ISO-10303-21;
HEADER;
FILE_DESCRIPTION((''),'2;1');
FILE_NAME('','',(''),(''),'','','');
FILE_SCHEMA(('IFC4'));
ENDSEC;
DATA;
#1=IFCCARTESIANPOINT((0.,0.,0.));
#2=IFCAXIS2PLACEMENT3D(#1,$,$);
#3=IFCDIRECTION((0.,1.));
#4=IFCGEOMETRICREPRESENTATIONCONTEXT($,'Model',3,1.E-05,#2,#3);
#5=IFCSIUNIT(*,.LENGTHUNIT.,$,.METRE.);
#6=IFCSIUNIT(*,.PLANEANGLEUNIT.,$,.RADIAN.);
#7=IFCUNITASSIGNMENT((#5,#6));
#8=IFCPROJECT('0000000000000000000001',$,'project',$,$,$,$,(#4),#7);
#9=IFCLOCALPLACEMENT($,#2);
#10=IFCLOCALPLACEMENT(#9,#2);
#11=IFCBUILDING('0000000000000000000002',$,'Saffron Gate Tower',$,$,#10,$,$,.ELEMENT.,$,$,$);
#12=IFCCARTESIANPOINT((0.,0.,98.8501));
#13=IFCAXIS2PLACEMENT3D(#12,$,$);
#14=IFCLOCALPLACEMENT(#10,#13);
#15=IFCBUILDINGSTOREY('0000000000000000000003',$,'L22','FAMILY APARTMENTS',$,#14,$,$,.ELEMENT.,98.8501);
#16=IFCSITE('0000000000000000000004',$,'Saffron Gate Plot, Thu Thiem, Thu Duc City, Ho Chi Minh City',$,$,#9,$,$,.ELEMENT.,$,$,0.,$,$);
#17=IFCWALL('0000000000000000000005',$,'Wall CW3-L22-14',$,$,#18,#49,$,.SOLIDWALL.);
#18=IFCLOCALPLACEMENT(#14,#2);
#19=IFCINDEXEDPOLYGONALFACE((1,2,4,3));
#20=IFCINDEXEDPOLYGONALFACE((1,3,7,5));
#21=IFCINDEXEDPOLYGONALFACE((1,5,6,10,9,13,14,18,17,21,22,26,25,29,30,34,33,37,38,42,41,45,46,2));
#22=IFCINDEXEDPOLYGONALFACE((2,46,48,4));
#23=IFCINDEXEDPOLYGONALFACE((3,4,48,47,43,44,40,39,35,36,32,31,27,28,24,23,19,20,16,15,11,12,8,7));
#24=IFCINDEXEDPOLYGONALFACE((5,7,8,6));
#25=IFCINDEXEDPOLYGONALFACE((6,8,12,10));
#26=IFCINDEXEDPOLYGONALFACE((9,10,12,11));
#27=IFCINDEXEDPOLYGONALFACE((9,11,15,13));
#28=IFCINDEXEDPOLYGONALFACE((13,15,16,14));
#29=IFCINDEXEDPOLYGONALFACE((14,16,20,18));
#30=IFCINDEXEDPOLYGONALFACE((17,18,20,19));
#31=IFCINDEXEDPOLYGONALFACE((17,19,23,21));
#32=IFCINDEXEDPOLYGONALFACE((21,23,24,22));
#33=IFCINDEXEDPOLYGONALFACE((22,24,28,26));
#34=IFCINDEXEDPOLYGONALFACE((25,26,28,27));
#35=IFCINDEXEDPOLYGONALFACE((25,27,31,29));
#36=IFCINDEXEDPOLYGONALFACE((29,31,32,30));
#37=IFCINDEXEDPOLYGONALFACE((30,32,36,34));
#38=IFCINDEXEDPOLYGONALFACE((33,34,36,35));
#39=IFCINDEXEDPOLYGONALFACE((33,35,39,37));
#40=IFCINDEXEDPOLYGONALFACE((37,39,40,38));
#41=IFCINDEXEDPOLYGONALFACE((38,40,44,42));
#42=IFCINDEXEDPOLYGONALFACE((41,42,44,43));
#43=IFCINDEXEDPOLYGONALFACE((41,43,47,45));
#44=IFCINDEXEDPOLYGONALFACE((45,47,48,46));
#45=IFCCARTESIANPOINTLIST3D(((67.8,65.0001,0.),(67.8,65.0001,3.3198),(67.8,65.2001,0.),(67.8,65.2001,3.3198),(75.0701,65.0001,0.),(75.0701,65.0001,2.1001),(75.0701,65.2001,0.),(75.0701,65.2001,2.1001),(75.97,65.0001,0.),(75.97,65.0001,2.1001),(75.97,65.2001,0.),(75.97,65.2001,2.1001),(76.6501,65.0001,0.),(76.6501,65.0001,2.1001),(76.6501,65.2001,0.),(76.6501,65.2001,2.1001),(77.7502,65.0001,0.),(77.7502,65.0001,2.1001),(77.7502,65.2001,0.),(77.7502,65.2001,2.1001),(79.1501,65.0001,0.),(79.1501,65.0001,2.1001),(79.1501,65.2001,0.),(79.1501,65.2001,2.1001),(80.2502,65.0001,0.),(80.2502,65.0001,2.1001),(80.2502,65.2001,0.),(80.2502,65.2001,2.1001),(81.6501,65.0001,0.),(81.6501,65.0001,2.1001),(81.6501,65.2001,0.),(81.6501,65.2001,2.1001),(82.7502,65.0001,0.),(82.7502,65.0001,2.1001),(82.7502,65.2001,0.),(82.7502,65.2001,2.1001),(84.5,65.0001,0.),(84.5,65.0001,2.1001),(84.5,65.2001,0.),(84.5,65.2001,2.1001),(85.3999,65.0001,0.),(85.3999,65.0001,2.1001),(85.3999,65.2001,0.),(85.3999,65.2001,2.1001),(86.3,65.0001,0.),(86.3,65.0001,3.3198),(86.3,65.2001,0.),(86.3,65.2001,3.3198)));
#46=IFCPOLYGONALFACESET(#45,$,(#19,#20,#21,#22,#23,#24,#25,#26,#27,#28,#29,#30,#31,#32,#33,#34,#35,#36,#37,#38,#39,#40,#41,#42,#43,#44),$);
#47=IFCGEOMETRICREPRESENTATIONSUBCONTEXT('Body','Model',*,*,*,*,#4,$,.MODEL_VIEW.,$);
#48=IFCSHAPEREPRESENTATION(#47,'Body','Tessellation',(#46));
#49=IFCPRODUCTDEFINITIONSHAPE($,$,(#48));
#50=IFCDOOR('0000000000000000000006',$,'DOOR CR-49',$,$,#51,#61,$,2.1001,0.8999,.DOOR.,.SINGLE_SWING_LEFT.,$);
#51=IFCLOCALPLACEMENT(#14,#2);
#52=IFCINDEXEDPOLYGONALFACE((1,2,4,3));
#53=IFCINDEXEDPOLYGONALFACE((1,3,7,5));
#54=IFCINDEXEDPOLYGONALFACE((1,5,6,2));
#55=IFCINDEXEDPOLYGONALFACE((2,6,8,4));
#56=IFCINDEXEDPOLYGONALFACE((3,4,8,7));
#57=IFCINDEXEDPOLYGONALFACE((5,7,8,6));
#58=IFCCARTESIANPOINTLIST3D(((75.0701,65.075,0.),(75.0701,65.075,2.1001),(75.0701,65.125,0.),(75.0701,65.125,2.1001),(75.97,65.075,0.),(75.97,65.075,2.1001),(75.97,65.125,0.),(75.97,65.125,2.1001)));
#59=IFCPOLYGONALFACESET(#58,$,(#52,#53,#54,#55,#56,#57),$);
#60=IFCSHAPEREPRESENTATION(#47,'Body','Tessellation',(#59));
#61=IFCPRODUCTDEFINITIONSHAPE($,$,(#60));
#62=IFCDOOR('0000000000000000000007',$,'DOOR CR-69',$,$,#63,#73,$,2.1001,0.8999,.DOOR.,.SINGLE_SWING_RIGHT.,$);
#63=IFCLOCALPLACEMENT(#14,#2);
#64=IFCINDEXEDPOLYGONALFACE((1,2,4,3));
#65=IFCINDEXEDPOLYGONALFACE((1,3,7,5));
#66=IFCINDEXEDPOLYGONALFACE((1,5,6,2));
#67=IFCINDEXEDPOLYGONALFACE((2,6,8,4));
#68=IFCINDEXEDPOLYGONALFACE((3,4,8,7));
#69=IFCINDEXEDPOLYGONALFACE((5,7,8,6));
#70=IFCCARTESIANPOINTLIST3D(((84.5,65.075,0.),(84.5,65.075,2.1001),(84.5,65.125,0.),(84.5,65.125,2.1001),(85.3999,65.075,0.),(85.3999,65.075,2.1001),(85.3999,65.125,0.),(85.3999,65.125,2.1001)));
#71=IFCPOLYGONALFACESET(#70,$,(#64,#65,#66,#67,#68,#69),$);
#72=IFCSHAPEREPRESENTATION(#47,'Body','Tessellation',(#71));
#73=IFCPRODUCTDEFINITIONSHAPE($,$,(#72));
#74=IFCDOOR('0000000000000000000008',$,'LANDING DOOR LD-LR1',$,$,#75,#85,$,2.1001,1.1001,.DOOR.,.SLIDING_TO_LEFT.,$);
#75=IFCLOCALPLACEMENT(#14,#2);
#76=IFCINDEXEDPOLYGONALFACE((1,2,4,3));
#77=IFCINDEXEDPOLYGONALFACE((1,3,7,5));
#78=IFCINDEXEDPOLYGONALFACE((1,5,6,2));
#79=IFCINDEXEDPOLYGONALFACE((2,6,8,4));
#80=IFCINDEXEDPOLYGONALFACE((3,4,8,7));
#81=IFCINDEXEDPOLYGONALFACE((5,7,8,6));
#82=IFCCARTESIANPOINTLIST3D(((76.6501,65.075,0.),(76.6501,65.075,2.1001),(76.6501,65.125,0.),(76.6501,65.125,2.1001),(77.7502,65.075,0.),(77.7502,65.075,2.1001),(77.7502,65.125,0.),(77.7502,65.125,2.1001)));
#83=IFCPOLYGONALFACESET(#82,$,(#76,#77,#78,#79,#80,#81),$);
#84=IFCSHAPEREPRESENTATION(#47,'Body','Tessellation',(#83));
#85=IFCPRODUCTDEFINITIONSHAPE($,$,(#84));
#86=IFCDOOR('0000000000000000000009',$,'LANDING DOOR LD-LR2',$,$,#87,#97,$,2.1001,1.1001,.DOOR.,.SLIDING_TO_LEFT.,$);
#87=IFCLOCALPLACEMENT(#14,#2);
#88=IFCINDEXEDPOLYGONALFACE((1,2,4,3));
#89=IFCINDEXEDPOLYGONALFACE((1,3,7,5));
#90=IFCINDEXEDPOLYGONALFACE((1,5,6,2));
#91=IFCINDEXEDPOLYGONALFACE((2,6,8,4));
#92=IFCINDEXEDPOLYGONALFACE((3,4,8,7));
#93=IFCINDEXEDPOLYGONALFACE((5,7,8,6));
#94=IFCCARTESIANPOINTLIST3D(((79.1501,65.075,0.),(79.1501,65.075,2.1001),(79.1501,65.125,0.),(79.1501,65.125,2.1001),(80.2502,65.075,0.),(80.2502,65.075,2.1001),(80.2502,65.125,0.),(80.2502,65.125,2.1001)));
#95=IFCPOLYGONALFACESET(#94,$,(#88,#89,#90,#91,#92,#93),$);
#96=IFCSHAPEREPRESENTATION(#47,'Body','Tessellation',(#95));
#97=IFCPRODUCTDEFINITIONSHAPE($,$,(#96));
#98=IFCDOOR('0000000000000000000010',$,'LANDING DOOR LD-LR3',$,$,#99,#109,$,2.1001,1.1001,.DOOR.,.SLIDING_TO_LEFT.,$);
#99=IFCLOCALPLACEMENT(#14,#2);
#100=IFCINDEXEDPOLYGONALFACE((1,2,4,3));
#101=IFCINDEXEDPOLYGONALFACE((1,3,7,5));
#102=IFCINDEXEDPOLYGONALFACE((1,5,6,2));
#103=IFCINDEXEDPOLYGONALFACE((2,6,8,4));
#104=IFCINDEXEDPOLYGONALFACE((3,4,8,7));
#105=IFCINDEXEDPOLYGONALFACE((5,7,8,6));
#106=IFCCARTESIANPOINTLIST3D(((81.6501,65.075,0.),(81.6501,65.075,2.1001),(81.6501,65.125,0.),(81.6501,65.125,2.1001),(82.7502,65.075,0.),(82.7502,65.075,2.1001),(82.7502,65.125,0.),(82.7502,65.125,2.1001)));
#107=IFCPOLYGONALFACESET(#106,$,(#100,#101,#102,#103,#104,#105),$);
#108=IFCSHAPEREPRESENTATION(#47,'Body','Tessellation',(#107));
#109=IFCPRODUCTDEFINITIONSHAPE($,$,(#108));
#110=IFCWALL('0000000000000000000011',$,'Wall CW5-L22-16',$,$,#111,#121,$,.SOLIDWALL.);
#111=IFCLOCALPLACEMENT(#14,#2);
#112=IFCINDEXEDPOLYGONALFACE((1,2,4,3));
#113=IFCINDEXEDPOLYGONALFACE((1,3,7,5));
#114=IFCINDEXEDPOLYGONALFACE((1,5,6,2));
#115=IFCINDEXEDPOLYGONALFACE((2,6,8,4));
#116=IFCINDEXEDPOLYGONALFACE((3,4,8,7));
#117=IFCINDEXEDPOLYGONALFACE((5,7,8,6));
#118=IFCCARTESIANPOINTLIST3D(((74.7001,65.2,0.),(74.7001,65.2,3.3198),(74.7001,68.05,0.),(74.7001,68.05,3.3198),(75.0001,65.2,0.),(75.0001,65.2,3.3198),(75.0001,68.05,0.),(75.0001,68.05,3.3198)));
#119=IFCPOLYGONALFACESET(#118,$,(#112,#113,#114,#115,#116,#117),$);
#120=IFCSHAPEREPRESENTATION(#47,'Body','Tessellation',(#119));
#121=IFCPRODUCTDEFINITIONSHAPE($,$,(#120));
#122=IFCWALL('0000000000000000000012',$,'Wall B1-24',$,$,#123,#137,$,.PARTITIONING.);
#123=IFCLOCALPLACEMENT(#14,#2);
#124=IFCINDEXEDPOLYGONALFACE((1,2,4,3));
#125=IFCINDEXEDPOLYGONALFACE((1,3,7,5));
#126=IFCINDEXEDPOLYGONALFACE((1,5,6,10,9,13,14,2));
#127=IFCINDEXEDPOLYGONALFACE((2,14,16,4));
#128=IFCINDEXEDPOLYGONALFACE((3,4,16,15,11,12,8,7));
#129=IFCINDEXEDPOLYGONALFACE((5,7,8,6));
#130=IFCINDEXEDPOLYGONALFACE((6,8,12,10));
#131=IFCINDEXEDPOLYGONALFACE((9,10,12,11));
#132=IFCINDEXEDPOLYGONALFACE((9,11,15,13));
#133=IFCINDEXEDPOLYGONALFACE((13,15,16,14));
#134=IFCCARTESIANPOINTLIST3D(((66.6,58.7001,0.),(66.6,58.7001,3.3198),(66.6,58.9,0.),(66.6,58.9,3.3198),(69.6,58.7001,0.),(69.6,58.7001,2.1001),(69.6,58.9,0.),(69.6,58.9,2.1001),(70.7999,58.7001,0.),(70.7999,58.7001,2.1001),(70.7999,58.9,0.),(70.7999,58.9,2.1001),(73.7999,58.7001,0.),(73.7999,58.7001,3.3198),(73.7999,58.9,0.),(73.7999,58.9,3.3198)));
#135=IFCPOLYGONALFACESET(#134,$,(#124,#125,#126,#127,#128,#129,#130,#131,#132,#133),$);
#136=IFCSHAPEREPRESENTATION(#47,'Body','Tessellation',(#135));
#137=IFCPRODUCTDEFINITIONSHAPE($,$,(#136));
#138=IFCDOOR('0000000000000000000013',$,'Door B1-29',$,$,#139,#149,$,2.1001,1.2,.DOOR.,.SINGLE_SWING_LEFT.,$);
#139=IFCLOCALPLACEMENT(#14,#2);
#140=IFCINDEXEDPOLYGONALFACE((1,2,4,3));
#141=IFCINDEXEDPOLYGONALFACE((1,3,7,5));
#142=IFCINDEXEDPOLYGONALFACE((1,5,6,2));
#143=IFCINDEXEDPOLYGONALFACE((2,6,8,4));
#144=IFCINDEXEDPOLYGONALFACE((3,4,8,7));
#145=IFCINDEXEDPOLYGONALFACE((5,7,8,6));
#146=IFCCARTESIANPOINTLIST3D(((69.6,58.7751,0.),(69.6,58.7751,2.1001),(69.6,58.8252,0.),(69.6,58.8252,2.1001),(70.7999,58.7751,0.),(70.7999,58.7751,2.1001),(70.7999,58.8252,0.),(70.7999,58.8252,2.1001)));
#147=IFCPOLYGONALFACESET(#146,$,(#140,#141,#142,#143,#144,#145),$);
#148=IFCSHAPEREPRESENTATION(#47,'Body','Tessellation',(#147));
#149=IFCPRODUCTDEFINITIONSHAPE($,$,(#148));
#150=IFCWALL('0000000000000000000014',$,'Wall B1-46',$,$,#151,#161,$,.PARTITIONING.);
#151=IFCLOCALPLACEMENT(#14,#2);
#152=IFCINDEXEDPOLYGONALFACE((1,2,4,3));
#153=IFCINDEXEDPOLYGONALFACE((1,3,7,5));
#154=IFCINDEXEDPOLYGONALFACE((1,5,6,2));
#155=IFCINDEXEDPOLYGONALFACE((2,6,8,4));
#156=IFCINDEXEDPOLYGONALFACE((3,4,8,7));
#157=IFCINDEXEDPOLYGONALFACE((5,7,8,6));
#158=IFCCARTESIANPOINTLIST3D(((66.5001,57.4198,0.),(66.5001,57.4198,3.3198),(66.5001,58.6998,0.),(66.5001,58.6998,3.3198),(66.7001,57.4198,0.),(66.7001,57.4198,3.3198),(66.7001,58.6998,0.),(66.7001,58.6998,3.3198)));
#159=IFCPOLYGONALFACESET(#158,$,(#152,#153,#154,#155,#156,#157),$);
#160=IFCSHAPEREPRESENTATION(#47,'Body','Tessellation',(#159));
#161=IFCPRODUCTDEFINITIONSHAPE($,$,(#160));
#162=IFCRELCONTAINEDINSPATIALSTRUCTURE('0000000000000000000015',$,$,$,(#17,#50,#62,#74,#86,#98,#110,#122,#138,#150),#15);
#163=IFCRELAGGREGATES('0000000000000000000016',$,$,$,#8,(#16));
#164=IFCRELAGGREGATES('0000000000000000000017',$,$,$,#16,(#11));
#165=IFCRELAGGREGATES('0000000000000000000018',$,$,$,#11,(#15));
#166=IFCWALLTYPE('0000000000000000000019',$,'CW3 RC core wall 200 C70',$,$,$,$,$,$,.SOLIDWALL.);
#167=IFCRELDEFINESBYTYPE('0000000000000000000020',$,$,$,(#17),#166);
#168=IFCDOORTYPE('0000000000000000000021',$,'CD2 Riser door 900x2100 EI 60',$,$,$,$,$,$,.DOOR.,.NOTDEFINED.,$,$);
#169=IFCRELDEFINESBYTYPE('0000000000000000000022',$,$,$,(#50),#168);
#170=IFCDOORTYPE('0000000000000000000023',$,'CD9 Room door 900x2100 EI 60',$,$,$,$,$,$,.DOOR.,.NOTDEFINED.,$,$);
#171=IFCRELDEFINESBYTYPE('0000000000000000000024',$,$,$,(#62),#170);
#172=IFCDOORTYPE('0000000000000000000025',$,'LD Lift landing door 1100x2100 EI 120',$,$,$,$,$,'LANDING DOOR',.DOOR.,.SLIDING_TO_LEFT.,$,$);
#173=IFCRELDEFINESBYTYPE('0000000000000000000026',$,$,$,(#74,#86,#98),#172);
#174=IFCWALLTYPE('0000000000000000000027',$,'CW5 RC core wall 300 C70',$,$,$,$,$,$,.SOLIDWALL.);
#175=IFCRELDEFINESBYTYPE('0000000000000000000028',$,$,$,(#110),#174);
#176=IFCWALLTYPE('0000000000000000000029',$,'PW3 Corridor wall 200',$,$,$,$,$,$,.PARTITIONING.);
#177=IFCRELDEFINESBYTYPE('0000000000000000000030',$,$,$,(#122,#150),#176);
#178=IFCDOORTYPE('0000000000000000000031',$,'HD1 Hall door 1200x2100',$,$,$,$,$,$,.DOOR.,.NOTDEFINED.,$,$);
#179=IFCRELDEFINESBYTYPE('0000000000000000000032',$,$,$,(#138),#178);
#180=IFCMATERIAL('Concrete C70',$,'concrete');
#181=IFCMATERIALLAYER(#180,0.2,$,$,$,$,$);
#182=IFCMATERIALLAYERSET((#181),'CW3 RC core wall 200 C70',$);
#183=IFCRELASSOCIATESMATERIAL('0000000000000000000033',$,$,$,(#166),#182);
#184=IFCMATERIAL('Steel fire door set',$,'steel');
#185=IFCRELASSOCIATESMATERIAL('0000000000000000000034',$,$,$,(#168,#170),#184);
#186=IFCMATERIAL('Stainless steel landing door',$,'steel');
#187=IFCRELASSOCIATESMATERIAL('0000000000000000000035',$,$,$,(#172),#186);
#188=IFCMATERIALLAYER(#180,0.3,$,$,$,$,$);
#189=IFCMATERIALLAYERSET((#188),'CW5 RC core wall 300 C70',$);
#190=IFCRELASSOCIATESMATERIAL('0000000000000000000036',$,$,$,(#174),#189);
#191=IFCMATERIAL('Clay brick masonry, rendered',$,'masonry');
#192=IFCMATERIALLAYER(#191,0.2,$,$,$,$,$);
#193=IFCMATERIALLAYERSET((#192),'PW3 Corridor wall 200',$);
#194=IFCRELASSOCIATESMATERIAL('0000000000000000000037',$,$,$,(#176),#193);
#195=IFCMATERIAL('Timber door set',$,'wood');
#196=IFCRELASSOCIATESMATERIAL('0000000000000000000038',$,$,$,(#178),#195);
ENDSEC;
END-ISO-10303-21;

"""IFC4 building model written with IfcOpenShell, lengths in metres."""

from ifc_helpers import new_model, si_unit, direction, frame, frame_2d, origin, place, context, subcontext, project, spatial, rectangle, extrude, material, layer, layer_set, type_object, element, fill, save


model = new_model("IFC4")

# Units and contexts
model_context = context("Model", 3, precision=1e-05, world=origin(), true_north=direction((0.0, 1.0)))
body_context = subcontext(model_context, "Body", "Model", "MODEL_VIEW")
ifc_project = project(units=[si_unit("LENGTHUNIT", "METRE"), si_unit("PLANEANGLEUNIT", "RADIAN")], contexts=[model_context])

# Site, building, storey
site_placement = place(None, origin())
site = spatial("IfcSite", under=ifc_project, at=site_placement, Name="Saffron Gate Plot, Thu Thiem, Thu Duc City, Ho Chi Minh City", CompositionType="ELEMENT", RefElevation=0.0)
building_placement = place(site_placement, origin())
building = spatial("IfcBuilding", under=site, at=building_placement, Name="Saffron Gate Tower", CompositionType="ELEMENT")
storey_placement = place(building_placement, frame((0.0, 0.0, 98.8501)))
storey = spatial("IfcBuildingStorey", under=building, at=storey_placement, Name="L22", Description="FAMILY APARTMENTS", CompositionType="ELEMENT", Elevation=98.8501)

# Shared definitions
ifc_material_1 = material(Name="Concrete C70", Category="concrete")
ifc_material_2 = material(Name="Steel fire door set", Category="steel")

# Wall, openings, doors
ifc_layer_1 = layer(ifc_material_1, 0.2)
ifc_layer_set_1 = layer_set([ifc_layer_1], Name="CW3 RC core wall 200 C70")
wall_type_1 = type_object("IfcWallType", Name="CW3 RC core wall 200 C70", PredefinedType="SOLIDWALL", material=ifc_layer_set_1)
wall_1_placement = place(storey_placement, frame((67.8, 65.1001, 0.0), z_axis=(0.0, 0.0, 1.0), x_axis=(1.0, 0.0, 0.0)))
wall_1 = element("IfcWall", 1, at=wall_1_placement, inside=storey, type_object=wall_type_1, Name="Wall CW3-L22-14", PredefinedType="SOLIDWALL", context=body_context, shape_type="SweptSolid", body=[
    extrude(rectangle(XDim=18.5, YDim=0.2, at=frame_2d((9.25, 0.0))), origin(), (0.0, 0.0, 1.0), 3.3198),
])
opening_1_placement = place(wall_1_placement, frame((7.27, 0.0, 0.0)))
opening_1 = element("IfcOpeningElement", 2, at=opening_1_placement, cuts=wall_1, PredefinedType="OPENING", context=body_context, shape_type="SweptSolid", body=[
    extrude(rectangle(XDim=0.8999, YDim=2.1001, at=frame_2d((0.45, 1.05))), frame((0.0, 0.1099, 0.0), z_axis=(0.0, -1.0, 0.0), x_axis=(1.0, 0.0, 0.0)), (0.0, 0.0, 1.0), 0.22),
])
opening_2_placement = place(wall_1_placement, frame((8.8501, 0.0, 0.0)))
opening_2 = element("IfcOpeningElement", 3, at=opening_2_placement, cuts=wall_1, PredefinedType="OPENING", context=body_context, shape_type="SweptSolid", body=[
    extrude(rectangle(XDim=1.1001, YDim=2.1001, at=frame_2d((0.55, 1.05))), frame((0.0, 0.1099, 0.0), z_axis=(0.0, -1.0, 0.0), x_axis=(1.0, 0.0, 0.0)), (0.0, 0.0, 1.0), 0.22),
])
opening_3_placement = place(wall_1_placement, frame((11.3501, 0.0, 0.0)))
opening_3 = element("IfcOpeningElement", 4, at=opening_3_placement, cuts=wall_1, PredefinedType="OPENING", context=body_context, shape_type="SweptSolid", body=[
    extrude(rectangle(XDim=1.1001, YDim=2.1001, at=frame_2d((0.55, 1.05))), frame((0.0, 0.1099, 0.0), z_axis=(0.0, -1.0, 0.0), x_axis=(1.0, 0.0, 0.0)), (0.0, 0.0, 1.0), 0.22),
])
opening_4_placement = place(wall_1_placement, frame((13.8501, 0.0, 0.0)))
opening_4 = element("IfcOpeningElement", 5, at=opening_4_placement, cuts=wall_1, PredefinedType="OPENING", context=body_context, shape_type="SweptSolid", body=[
    extrude(rectangle(XDim=1.1001, YDim=2.1001, at=frame_2d((0.55, 1.05))), frame((0.0, 0.1099, 0.0), z_axis=(0.0, -1.0, 0.0), x_axis=(1.0, 0.0, 0.0)), (0.0, 0.0, 1.0), 0.22),
])
opening_5_placement = place(wall_1_placement, frame((16.7, 0.0, 0.0)))
opening_5 = element("IfcOpeningElement", 6, at=opening_5_placement, cuts=wall_1, PredefinedType="OPENING", context=body_context, shape_type="SweptSolid", body=[
    extrude(rectangle(XDim=0.8999, YDim=2.1001, at=frame_2d((0.45, 1.05))), frame((0.0, 0.1099, 0.0), z_axis=(0.0, -1.0, 0.0), x_axis=(1.0, 0.0, 0.0)), (0.0, 0.0, 1.0), 0.22),
])
door_type_1 = type_object("IfcDoorType", Name="CD2 Riser door 900x2100 EI 60", OperationType="NOTDEFINED", PredefinedType="DOOR", material=ifc_material_2)
door_1_placement = place(opening_1_placement, origin())
door_1 = element("IfcDoor", 7, at=door_1_placement, inside=storey, type_object=door_type_1, Name="DOOR CR-49", OperationType="SINGLE_SWING_LEFT", OverallHeight=2.1001, OverallWidth=0.8999, PredefinedType="DOOR", context=body_context, shape_type="SweptSolid", body=[
    extrude(rectangle(XDim=0.8999, YDim=2.1001, at=frame_2d((0.45, 1.05))), frame((0.0, 0.0249, 0.0), z_axis=(0.0, -1.0, 0.0), x_axis=(1.0, 0.0, 0.0)), (0.0, 0.0, 1.0), 0.05),
])
fill(opening_1, door_1)
door_type_2 = type_object("IfcDoorType", Name="CD9 Room door 900x2100 EI 60", OperationType="NOTDEFINED", PredefinedType="DOOR", material=ifc_material_2)
door_2_placement = place(opening_5_placement, origin())
door_2 = element("IfcDoor", 8, at=door_2_placement, inside=storey, type_object=door_type_2, Name="DOOR CR-69", OperationType="SINGLE_SWING_RIGHT", OverallHeight=2.1001, OverallWidth=0.8999, PredefinedType="DOOR", context=body_context, shape_type="SweptSolid", body=[
    extrude(rectangle(XDim=0.8999, YDim=2.1001, at=frame_2d((0.45, 1.05))), frame((0.0, 0.0249, 0.0), z_axis=(0.0, -1.0, 0.0), x_axis=(1.0, 0.0, 0.0)), (0.0, 0.0, 1.0), 0.05),
])
fill(opening_5, door_2)
ifc_material_3 = material(Name="Stainless steel landing door", Category="steel")
door_type_3 = type_object("IfcDoorType", Name="LD Lift landing door 1100x2100 EI 120", ElementType="LANDING DOOR", OperationType="SLIDING_TO_LEFT", PredefinedType="DOOR", material=ifc_material_3)
door_3_placement = place(opening_2_placement, origin())
door_3 = element("IfcDoor", 9, at=door_3_placement, inside=storey, type_object=door_type_3, Name="LANDING DOOR LD-LR1", OperationType="SLIDING_TO_LEFT", OverallHeight=2.1001, OverallWidth=1.1001, PredefinedType="DOOR", context=body_context, shape_type="SweptSolid", body=[
    extrude(rectangle(XDim=1.1001, YDim=2.1001, at=frame_2d((0.55, 1.05))), frame((0.0, 0.0249, 0.0), z_axis=(0.0, -1.0, 0.0), x_axis=(1.0, 0.0, 0.0)), (0.0, 0.0, 1.0), 0.05),
])
fill(opening_2, door_3)
door_4_placement = place(opening_3_placement, origin())
door_4 = element("IfcDoor", 10, at=door_4_placement, inside=storey, type_object=door_type_3, Name="LANDING DOOR LD-LR2", OperationType="SLIDING_TO_LEFT", OverallHeight=2.1001, OverallWidth=1.1001, PredefinedType="DOOR", context=body_context, shape_type="SweptSolid", body=[
    extrude(rectangle(XDim=1.1001, YDim=2.1001, at=frame_2d((0.55, 1.05))), frame((0.0, 0.0249, 0.0), z_axis=(0.0, -1.0, 0.0), x_axis=(1.0, 0.0, 0.0)), (0.0, 0.0, 1.0), 0.05),
])
fill(opening_3, door_4)
door_5_placement = place(opening_4_placement, origin())
door_5 = element("IfcDoor", 11, at=door_5_placement, inside=storey, type_object=door_type_3, Name="LANDING DOOR LD-LR3", OperationType="SLIDING_TO_LEFT", OverallHeight=2.1001, OverallWidth=1.1001, PredefinedType="DOOR", context=body_context, shape_type="SweptSolid", body=[
    extrude(rectangle(XDim=1.1001, YDim=2.1001, at=frame_2d((0.55, 1.05))), frame((0.0, 0.0249, 0.0), z_axis=(0.0, -1.0, 0.0), x_axis=(1.0, 0.0, 0.0)), (0.0, 0.0, 1.0), 0.05),
])
fill(opening_4, door_5)

# Wall
ifc_layer_2 = layer(ifc_material_1, 0.3)
ifc_layer_set_2 = layer_set([ifc_layer_2], Name="CW5 RC core wall 300 C70")
wall_type_2 = type_object("IfcWallType", Name="CW5 RC core wall 300 C70", PredefinedType="SOLIDWALL", material=ifc_layer_set_2)
wall_2_placement = place(storey_placement, frame((74.8501, 65.2, 0.0), z_axis=(0.0, 0.0, 1.0), x_axis=(0.0, 1.0, 0.0)))
element("IfcWall", 12, at=wall_2_placement, inside=storey, type_object=wall_type_2, Name="Wall CW5-L22-16", PredefinedType="SOLIDWALL", context=body_context, shape_type="SweptSolid", body=[
    extrude(rectangle(XDim=2.8501, YDim=0.3, at=frame_2d((1.425, 0.0))), origin(), (0.0, 0.0, 1.0), 3.3198),
])

# Wall, opening, door
ifc_material_4 = material(Name="Clay brick masonry, rendered", Category="masonry")
ifc_layer_3 = layer(ifc_material_4, 0.2)
ifc_layer_set_3 = layer_set([ifc_layer_3], Name="PW3 Corridor wall 200")
wall_type_3 = type_object("IfcWallType", Name="PW3 Corridor wall 200", PredefinedType="PARTITIONING", material=ifc_layer_set_3)
wall_3_placement = place(storey_placement, frame((73.8, 58.8, 0.0), z_axis=(0.0, 0.0, 1.0), x_axis=(-1.0, 0.0, 0.0)))
wall_3 = element("IfcWall", 13, at=wall_3_placement, inside=storey, type_object=wall_type_3, Name="Wall B1-24", PredefinedType="PARTITIONING", context=body_context, shape_type="SweptSolid", body=[
    extrude(rectangle(XDim=7.2, YDim=0.2, at=frame_2d((3.6001, 0.0))), origin(), (0.0, 0.0, 1.0), 3.3198),
])
opening_6_placement = place(wall_3_placement, frame((3.0, 0.0, 0.0)))
opening_6 = element("IfcOpeningElement", 14, at=opening_6_placement, cuts=wall_3, PredefinedType="OPENING", context=body_context, shape_type="SweptSolid", body=[
    extrude(rectangle(XDim=1.2, YDim=2.1001, at=frame_2d((0.6001, 1.05))), frame((0.0, 0.1099, 0.0), z_axis=(0.0, -1.0, 0.0), x_axis=(1.0, 0.0, 0.0)), (0.0, 0.0, 1.0), 0.22),
])
ifc_material_5 = material(Name="Timber door set", Category="wood")
door_type_4 = type_object("IfcDoorType", Name="HD1 Hall door 1200x2100", OperationType="NOTDEFINED", PredefinedType="DOOR", material=ifc_material_5)
door_6_placement = place(opening_6_placement, origin())
door_6 = element("IfcDoor", 15, at=door_6_placement, inside=storey, type_object=door_type_4, Name="Door B1-29", OperationType="SINGLE_SWING_LEFT", OverallHeight=2.1001, OverallWidth=1.2, PredefinedType="DOOR", context=body_context, shape_type="SweptSolid", body=[
    extrude(rectangle(XDim=1.2, YDim=2.1001, at=frame_2d((0.6001, 1.05))), frame((0.0, 0.0249, 0.0), z_axis=(0.0, -1.0, 0.0), x_axis=(1.0, 0.0, 0.0)), (0.0, 0.0, 1.0), 0.05),
])
fill(opening_6, door_6)

# Wall
wall_4_placement = place(storey_placement, frame((66.6001, 58.7, 0.0), z_axis=(0.0, 0.0, 1.0), x_axis=(0.0, -1.0, 0.0)))
element("IfcWall", 16, at=wall_4_placement, inside=storey, type_object=wall_type_3, Name="Wall B1-46", PredefinedType="PARTITIONING", context=body_context, shape_type="SweptSolid", body=[
    extrude(rectangle(XDim=1.28, YDim=0.2, at=frame_2d((0.6401, 0.0))), origin(), (0.0, 0.0, 1.0), 3.3198),
])

save(model, "model.ifc")
